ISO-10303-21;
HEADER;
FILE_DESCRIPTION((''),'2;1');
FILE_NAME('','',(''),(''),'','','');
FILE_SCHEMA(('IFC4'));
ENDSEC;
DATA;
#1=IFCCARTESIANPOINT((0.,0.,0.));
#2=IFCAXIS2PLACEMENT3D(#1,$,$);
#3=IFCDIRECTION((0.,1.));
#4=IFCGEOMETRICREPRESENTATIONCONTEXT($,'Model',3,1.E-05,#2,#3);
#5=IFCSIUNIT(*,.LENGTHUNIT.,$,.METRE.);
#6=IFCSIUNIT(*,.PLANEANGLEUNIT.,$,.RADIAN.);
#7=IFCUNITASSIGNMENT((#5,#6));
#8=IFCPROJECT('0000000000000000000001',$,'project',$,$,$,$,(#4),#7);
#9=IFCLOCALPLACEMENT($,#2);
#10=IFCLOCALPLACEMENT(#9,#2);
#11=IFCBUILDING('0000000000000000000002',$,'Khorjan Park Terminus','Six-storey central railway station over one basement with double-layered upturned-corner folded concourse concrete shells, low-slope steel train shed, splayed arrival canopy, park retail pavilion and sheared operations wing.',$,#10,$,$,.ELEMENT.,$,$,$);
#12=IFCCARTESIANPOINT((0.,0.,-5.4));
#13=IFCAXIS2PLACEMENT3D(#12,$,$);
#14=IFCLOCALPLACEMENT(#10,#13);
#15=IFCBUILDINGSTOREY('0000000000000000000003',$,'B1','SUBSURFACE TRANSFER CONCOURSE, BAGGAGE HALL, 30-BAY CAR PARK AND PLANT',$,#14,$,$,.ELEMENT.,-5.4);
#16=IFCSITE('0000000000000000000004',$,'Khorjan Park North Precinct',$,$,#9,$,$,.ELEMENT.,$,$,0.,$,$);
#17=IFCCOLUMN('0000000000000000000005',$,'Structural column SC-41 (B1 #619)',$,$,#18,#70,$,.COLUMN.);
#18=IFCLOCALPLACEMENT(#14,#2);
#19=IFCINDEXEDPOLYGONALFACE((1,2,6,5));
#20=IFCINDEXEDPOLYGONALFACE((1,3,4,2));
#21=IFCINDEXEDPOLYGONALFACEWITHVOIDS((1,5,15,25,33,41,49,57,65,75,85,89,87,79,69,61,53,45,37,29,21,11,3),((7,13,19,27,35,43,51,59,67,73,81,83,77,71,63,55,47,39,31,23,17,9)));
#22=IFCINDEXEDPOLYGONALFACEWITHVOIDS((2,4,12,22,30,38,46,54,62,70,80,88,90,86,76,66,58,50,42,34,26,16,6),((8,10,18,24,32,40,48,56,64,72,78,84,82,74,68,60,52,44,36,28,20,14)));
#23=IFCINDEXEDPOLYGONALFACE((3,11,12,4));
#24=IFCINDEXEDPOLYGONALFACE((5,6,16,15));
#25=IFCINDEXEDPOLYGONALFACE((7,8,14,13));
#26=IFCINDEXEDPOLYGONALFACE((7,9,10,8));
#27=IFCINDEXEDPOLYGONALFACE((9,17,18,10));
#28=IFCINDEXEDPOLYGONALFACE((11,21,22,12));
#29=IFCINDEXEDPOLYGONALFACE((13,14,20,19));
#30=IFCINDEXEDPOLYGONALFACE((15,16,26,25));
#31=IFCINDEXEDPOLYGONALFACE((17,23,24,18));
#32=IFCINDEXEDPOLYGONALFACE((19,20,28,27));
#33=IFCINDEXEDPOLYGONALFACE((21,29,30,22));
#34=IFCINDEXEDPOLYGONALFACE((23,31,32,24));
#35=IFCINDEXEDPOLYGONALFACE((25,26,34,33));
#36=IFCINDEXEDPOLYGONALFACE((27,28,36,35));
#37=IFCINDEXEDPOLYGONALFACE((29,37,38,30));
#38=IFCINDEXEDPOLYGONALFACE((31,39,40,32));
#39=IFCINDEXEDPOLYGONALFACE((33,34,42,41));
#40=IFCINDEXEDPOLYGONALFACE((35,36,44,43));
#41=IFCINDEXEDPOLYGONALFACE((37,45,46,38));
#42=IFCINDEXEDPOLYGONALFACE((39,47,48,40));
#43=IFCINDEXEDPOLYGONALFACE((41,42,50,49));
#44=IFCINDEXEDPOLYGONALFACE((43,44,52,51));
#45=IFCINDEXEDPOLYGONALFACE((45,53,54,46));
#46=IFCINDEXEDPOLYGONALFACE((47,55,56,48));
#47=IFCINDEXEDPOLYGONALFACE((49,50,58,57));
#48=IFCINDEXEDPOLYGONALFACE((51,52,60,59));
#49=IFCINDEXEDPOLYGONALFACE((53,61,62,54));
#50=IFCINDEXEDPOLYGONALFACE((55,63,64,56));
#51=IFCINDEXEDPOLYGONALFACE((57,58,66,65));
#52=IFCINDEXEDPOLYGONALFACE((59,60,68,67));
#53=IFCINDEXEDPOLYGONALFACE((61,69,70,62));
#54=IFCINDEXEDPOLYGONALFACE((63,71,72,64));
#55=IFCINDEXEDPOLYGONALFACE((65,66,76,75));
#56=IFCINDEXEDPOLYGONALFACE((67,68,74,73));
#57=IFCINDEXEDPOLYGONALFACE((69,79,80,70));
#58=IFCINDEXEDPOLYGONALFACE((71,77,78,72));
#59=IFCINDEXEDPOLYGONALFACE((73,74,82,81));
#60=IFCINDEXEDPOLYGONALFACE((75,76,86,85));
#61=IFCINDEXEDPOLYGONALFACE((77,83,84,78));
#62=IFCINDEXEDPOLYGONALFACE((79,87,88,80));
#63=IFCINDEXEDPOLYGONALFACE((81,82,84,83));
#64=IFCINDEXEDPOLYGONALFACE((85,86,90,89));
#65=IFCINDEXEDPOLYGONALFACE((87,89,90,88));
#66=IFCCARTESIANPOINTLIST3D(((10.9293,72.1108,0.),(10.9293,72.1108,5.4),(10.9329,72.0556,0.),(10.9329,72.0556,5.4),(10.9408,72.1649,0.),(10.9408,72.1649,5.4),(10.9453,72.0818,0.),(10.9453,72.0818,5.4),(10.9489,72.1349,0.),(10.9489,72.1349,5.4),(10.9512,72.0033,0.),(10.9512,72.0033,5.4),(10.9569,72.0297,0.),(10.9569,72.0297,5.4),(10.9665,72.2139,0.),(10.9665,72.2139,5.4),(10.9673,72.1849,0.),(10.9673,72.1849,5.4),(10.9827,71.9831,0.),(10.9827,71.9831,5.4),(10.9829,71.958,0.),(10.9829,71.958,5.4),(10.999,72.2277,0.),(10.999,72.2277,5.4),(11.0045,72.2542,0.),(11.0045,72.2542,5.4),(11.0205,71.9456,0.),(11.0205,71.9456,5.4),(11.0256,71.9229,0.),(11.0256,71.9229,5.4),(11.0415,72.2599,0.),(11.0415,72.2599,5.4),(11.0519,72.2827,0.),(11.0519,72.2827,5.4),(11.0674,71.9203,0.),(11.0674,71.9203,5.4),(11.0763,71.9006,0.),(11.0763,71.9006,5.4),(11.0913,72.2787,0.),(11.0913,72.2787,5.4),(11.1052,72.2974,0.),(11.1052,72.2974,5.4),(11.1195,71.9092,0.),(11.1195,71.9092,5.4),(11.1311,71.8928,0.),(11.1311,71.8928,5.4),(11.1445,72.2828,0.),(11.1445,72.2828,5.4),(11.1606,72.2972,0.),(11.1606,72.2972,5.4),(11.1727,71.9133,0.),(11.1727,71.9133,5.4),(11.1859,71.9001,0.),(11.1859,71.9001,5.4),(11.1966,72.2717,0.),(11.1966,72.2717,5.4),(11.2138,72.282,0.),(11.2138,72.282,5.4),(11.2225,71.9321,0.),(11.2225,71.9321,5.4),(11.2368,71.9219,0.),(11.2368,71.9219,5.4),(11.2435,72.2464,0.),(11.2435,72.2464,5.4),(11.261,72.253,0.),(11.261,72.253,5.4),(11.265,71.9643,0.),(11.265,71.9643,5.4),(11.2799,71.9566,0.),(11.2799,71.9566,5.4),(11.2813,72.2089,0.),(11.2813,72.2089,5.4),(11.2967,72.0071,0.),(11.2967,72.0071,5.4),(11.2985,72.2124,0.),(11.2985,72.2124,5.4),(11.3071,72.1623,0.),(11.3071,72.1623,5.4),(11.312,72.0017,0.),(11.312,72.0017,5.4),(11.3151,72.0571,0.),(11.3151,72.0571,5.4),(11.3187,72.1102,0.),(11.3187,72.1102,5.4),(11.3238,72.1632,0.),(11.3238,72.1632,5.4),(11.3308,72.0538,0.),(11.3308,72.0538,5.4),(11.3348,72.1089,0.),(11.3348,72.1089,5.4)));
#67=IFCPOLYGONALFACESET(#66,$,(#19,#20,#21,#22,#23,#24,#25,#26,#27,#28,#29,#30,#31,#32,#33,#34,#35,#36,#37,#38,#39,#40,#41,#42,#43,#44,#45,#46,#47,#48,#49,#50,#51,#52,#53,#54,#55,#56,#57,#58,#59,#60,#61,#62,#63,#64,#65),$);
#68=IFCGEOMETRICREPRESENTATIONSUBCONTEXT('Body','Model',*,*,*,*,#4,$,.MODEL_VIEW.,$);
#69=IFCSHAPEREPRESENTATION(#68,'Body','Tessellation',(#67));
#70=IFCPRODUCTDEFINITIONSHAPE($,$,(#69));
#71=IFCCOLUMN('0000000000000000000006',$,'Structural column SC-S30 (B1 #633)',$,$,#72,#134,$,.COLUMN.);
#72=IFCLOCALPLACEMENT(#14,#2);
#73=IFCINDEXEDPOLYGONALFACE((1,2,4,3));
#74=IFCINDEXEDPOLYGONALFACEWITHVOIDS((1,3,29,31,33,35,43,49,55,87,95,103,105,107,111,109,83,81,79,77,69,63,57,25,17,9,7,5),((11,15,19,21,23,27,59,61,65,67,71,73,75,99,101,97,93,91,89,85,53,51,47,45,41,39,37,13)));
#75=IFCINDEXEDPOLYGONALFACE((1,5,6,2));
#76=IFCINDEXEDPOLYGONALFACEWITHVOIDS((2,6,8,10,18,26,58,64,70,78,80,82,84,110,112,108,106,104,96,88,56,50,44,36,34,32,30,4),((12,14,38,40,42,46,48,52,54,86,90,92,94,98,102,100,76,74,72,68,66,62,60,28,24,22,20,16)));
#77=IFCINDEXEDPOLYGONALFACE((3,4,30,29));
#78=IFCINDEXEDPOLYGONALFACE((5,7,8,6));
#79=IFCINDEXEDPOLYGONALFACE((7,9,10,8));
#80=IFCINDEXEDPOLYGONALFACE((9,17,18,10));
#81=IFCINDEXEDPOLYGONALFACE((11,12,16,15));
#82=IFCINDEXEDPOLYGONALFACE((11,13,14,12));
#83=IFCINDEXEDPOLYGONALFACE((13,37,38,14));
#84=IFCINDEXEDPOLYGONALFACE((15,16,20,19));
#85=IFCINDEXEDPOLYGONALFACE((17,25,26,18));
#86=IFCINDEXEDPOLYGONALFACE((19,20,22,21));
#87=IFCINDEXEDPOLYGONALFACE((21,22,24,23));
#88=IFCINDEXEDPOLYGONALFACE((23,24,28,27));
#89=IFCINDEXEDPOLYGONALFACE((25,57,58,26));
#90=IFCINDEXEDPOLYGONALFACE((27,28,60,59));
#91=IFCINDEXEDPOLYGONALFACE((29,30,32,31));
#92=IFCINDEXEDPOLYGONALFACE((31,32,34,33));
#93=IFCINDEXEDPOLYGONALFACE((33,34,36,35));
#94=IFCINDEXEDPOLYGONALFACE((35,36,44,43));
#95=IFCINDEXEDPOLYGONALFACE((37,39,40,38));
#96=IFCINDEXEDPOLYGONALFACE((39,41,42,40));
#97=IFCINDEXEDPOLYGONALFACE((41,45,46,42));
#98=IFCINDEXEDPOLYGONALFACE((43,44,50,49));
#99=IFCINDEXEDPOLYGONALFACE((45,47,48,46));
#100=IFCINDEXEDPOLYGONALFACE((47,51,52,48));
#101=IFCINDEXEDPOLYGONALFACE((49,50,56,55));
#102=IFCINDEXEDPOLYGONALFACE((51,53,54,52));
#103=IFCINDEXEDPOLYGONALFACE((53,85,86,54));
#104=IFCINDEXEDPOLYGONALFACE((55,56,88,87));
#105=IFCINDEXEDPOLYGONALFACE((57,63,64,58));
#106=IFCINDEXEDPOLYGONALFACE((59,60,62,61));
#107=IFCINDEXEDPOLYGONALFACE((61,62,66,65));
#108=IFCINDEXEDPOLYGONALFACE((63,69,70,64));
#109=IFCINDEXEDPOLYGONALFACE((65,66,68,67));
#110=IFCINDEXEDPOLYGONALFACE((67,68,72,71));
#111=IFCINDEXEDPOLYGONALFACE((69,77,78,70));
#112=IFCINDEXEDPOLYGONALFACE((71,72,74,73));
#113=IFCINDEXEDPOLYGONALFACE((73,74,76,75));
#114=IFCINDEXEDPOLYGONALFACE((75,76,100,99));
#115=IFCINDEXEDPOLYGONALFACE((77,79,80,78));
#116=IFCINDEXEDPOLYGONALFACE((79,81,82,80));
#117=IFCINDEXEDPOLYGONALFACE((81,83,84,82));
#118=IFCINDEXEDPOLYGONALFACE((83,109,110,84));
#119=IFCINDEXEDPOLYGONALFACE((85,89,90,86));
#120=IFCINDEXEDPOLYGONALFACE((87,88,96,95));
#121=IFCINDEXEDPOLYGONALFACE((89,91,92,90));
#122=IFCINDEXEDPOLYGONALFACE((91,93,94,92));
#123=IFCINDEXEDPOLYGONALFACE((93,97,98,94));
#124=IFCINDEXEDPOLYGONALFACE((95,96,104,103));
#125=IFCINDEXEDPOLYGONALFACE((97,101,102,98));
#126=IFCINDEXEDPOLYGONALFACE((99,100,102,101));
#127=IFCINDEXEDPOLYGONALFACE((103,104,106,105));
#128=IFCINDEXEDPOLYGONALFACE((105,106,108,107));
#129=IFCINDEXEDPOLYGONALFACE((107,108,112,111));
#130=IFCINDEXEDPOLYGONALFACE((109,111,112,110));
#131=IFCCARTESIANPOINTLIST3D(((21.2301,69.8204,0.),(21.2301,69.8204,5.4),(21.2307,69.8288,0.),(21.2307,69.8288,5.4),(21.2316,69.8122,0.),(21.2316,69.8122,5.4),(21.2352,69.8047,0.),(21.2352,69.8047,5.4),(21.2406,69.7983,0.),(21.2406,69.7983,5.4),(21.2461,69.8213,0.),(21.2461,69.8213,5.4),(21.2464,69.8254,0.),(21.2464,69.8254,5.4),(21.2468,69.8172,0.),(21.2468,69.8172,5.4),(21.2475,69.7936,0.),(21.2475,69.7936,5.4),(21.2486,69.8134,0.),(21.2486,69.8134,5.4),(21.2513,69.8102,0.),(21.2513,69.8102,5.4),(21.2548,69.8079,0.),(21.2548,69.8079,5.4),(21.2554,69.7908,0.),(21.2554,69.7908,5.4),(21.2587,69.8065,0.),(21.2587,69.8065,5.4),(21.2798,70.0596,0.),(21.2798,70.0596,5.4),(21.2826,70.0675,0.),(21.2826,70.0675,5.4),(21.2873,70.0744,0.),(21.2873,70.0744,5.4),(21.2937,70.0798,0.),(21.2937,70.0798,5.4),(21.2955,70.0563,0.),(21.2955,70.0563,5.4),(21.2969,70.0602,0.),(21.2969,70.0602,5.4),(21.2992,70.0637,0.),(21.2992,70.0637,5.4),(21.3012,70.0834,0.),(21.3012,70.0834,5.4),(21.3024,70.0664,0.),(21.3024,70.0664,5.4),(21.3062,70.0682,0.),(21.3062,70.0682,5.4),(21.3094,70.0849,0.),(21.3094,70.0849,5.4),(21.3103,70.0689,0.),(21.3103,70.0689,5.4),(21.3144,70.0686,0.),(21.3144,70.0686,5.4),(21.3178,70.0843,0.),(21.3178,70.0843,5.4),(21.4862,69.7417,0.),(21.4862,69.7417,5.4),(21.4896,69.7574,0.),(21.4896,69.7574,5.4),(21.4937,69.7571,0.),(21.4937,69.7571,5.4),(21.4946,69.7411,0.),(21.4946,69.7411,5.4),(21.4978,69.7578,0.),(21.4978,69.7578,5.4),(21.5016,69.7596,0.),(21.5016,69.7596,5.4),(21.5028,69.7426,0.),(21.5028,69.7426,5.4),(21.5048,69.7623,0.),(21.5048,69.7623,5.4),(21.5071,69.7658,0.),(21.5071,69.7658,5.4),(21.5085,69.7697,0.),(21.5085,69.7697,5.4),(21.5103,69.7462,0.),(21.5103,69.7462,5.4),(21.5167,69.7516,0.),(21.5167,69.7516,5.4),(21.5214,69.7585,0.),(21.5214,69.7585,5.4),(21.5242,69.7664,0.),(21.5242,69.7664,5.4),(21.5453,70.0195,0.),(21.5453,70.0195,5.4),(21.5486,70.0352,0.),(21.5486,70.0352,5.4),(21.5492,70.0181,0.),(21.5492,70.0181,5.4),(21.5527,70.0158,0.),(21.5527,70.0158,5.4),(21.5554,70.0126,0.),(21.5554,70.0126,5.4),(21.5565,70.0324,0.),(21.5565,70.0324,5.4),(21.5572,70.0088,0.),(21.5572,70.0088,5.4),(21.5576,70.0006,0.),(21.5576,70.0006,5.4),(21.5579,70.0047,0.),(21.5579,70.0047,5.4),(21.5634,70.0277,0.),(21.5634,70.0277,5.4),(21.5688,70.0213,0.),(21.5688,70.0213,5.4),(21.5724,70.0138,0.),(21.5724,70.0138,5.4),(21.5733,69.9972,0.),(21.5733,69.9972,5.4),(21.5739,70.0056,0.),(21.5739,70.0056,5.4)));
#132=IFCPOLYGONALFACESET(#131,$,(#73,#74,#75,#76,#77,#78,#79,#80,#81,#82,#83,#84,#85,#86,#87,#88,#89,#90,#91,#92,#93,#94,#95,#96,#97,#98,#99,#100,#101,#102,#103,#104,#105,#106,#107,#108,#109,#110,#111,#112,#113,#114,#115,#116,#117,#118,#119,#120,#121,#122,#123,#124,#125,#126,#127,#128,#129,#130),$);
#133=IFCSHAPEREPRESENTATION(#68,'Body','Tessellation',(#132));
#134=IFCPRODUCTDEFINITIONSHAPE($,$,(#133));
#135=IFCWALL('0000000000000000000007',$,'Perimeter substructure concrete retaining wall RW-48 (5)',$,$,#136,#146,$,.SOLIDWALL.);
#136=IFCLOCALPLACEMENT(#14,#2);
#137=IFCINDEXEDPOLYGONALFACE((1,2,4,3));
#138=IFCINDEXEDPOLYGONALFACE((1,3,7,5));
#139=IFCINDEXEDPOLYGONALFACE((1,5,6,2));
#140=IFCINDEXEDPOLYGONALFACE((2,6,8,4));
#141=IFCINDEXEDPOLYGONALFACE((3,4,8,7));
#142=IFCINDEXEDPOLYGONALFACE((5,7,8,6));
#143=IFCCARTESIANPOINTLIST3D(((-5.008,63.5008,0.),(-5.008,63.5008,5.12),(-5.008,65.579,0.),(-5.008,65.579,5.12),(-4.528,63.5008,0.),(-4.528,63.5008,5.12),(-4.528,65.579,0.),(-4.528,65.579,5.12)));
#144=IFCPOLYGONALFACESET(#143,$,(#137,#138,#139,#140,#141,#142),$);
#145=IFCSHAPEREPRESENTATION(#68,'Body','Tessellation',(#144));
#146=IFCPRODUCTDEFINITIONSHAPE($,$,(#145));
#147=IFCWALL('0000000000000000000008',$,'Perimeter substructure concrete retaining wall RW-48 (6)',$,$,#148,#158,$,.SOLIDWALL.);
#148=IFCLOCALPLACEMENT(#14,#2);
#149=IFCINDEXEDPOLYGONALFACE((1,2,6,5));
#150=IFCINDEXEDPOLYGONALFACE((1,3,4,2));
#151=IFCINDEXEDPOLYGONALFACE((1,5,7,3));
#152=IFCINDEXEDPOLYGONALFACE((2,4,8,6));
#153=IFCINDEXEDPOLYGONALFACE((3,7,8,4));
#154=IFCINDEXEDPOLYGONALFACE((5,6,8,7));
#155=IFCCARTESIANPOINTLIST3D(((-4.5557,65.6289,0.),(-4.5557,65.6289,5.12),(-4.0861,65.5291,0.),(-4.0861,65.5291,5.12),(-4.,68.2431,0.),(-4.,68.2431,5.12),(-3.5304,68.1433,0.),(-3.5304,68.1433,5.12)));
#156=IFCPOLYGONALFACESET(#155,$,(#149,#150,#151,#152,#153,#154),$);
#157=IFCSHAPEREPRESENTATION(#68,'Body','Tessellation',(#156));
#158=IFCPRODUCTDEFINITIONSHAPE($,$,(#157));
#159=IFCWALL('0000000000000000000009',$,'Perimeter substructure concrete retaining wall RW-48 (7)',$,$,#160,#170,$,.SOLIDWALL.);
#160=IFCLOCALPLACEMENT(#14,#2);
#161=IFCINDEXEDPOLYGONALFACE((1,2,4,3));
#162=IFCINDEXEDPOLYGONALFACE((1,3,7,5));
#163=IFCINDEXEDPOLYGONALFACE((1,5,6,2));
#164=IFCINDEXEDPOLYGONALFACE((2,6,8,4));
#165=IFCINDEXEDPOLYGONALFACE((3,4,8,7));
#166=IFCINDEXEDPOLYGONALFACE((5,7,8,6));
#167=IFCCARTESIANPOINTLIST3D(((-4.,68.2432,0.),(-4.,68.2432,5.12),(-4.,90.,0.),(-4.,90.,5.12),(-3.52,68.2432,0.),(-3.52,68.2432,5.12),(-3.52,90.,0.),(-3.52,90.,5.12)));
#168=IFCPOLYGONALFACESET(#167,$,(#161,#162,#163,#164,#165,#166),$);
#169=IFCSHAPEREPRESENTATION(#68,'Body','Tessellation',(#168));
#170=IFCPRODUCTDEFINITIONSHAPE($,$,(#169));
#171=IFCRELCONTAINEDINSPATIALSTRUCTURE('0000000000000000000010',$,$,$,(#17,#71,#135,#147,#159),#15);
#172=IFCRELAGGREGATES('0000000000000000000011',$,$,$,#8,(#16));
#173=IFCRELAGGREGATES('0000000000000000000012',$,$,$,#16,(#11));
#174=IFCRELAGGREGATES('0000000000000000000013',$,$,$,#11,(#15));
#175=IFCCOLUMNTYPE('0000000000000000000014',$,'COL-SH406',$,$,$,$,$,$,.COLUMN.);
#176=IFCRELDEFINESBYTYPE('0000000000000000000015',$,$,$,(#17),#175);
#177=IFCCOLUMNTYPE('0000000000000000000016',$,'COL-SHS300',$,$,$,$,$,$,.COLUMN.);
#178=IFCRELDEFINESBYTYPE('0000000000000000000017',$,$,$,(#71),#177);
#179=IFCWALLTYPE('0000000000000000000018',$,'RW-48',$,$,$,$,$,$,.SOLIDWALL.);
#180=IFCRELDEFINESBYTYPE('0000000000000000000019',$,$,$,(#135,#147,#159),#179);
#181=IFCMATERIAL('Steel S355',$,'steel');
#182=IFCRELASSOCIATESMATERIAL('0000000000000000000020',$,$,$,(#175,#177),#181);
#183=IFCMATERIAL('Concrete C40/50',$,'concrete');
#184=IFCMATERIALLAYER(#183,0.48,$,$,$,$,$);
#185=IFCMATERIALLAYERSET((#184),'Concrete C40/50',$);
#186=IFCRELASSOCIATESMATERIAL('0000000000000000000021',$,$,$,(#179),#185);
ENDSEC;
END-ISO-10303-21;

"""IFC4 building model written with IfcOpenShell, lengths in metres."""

from ifc_helpers import new_model, si_unit, direction, frame, frame_2d, origin, origin_2d, place, context, subcontext, project, spatial, rectangle, hollow_rectangle, hollow_circle, extrude, material, layer, layer_set, material_profile, profile_set, type_object, element, save


model = new_model("IFC4")

# Units and contexts
model_context = context("Model", 3, precision=1e-05, world=origin(), true_north=direction((0.0, 1.0)))
body_context = subcontext(model_context, "Body", "Model", "MODEL_VIEW")
ifc_project = project(units=[si_unit("LENGTHUNIT", "METRE"), si_unit("PLANEANGLEUNIT", "RADIAN")], contexts=[model_context])

# Site, building, storey
site_placement = place(None, origin())
site = spatial("IfcSite", under=ifc_project, at=site_placement, Name="Khorjan Park North Precinct", CompositionType="ELEMENT", RefElevation=0.0)
building_placement = place(site_placement, origin())
building = spatial("IfcBuilding", under=site, at=building_placement, Name="Khorjan Park Terminus", Description="Six-storey central railway station over one basement with double-layered upturned-corner folded concourse concrete shells, low-slope steel train shed, splayed arrival canopy, park retail pavilion and sheared operations wing.", CompositionType="ELEMENT")
storey_placement = place(building_placement, frame((0.0, 0.0, -5.4)))
storey = spatial("IfcBuildingStorey", under=building, at=storey_placement, Name="B1", Description="SUBSURFACE TRANSFER CONCOURSE, BAGGAGE HALL, 30-BAY CAR PARK AND PLANT", CompositionType="ELEMENT", Elevation=-5.4)

# Shared definitions
ifc_material_1 = material(Name="Concrete C40/50", Category="concrete")

# Columns
ifc_material_2 = material(Name="Steel S355", Category="steel")
ifc_material_profile_1 = material_profile(ifc_material_2, hollow_circle(Radius=0.2032, WallThickness=0.016, at=origin_2d()), Name="CHS 406.4x16")
ifc_profile_set_1 = profile_set([ifc_material_profile_1], Name="Steel S355")
column_type_1 = type_object("IfcColumnType", Name="COL-SH406", PredefinedType="COLUMN", material=ifc_profile_set_1)
column_1_placement = place(storey_placement, frame((11.132, 72.096, 0.0), z_axis=(0.0, 0.0, 1.0), x_axis=(0.978148, -0.207912, 0.0)))
element("IfcColumn", 1, at=column_1_placement, inside=storey, type_object=column_type_1, Name="Structural column SC-41 (B1 #619)", PredefinedType="COLUMN", context=body_context, shape_type="SweptSolid", body=[
    extrude(hollow_circle(Radius=0.2032, WallThickness=0.016, at=origin_2d()), origin(), (0.0, 0.0, 1.0), 5.4),
])
ifc_material_profile_2 = material_profile(ifc_material_2, hollow_rectangle(XDim=0.3, YDim=0.3, WallThickness=0.016, InnerFilletRadius=0.016, OuterFilletRadius=0.032, at=origin_2d()), Name="SHS 300x300x16")
ifc_profile_set_2 = profile_set([ifc_material_profile_2], Name="Steel S355")
column_type_2 = type_object("IfcColumnType", Name="COL-SHS300", PredefinedType="COLUMN", material=ifc_profile_set_2)
column_2_placement = place(storey_placement, frame((21.402, 69.913, 0.0), z_axis=(0.0, 0.0, 1.0), x_axis=(0.978148, -0.207912, 0.0)))
element("IfcColumn", 2, at=column_2_placement, inside=storey, type_object=column_type_2, Name="Structural column SC-S30 (B1 #633)", PredefinedType="COLUMN", context=body_context, shape_type="SweptSolid", body=[
    extrude(hollow_rectangle(XDim=0.3, YDim=0.3, WallThickness=0.016, InnerFilletRadius=0.016, OuterFilletRadius=0.032, at=origin_2d()), origin(), (0.0, 0.0, 1.0), 5.4),
])

# Walls
ifc_layer = layer(ifc_material_1, 0.48)
ifc_layer_set = layer_set([ifc_layer], Name="Concrete C40/50")
wall_type = type_object("IfcWallType", Name="RW-48", PredefinedType="SOLIDWALL", material=ifc_layer_set)
wall_1_placement = place(storey_placement, frame((-4.768, 63.5008, 0.0), z_axis=(0.0, 0.0, 1.0), x_axis=(0.0, 1.0, 0.0)))
element("IfcWall", 3, at=wall_1_placement, inside=storey, type_object=wall_type, Name="Perimeter substructure concrete retaining wall RW-48 (5)", PredefinedType="SOLIDWALL", context=body_context, shape_type="SweptSolid", body=[
    extrude(rectangle(XDim=2.0782, YDim=0.48, at=frame_2d((1.0391, 0.0))), origin(), (0.0, 0.0, 1.0), 5.12),
])
wall_2_placement = place(storey_placement, frame((-4.3209, 65.579, 0.0), z_axis=(0.0, 0.0, 1.0), x_axis=(0.207924, 0.978145, 0.0)))
element("IfcWall", 4, at=wall_2_placement, inside=storey, type_object=wall_type, Name="Perimeter substructure concrete retaining wall RW-48 (6)", PredefinedType="SOLIDWALL", context=body_context, shape_type="SweptSolid", body=[
    extrude(rectangle(XDim=2.6726, YDim=0.48, at=frame_2d((1.3363, 0.0))), origin(), (0.0, 0.0, 1.0), 5.12),
])
wall_3_placement = place(storey_placement, frame((-3.76, 68.2431, 0.0), z_axis=(0.0, 0.0, 1.0), x_axis=(0.0, 1.0, 0.0)))
element("IfcWall", 5, at=wall_3_placement, inside=storey, type_object=wall_type, Name="Perimeter substructure concrete retaining wall RW-48 (7)", PredefinedType="SOLIDWALL", context=body_context, shape_type="SweptSolid", body=[
    extrude(rectangle(XDim=21.7569, YDim=0.48, at=frame_2d((10.8785, 0.0))), origin(), (0.0, 0.0, 1.0), 5.12),
])

save(model, "model.ifc")
